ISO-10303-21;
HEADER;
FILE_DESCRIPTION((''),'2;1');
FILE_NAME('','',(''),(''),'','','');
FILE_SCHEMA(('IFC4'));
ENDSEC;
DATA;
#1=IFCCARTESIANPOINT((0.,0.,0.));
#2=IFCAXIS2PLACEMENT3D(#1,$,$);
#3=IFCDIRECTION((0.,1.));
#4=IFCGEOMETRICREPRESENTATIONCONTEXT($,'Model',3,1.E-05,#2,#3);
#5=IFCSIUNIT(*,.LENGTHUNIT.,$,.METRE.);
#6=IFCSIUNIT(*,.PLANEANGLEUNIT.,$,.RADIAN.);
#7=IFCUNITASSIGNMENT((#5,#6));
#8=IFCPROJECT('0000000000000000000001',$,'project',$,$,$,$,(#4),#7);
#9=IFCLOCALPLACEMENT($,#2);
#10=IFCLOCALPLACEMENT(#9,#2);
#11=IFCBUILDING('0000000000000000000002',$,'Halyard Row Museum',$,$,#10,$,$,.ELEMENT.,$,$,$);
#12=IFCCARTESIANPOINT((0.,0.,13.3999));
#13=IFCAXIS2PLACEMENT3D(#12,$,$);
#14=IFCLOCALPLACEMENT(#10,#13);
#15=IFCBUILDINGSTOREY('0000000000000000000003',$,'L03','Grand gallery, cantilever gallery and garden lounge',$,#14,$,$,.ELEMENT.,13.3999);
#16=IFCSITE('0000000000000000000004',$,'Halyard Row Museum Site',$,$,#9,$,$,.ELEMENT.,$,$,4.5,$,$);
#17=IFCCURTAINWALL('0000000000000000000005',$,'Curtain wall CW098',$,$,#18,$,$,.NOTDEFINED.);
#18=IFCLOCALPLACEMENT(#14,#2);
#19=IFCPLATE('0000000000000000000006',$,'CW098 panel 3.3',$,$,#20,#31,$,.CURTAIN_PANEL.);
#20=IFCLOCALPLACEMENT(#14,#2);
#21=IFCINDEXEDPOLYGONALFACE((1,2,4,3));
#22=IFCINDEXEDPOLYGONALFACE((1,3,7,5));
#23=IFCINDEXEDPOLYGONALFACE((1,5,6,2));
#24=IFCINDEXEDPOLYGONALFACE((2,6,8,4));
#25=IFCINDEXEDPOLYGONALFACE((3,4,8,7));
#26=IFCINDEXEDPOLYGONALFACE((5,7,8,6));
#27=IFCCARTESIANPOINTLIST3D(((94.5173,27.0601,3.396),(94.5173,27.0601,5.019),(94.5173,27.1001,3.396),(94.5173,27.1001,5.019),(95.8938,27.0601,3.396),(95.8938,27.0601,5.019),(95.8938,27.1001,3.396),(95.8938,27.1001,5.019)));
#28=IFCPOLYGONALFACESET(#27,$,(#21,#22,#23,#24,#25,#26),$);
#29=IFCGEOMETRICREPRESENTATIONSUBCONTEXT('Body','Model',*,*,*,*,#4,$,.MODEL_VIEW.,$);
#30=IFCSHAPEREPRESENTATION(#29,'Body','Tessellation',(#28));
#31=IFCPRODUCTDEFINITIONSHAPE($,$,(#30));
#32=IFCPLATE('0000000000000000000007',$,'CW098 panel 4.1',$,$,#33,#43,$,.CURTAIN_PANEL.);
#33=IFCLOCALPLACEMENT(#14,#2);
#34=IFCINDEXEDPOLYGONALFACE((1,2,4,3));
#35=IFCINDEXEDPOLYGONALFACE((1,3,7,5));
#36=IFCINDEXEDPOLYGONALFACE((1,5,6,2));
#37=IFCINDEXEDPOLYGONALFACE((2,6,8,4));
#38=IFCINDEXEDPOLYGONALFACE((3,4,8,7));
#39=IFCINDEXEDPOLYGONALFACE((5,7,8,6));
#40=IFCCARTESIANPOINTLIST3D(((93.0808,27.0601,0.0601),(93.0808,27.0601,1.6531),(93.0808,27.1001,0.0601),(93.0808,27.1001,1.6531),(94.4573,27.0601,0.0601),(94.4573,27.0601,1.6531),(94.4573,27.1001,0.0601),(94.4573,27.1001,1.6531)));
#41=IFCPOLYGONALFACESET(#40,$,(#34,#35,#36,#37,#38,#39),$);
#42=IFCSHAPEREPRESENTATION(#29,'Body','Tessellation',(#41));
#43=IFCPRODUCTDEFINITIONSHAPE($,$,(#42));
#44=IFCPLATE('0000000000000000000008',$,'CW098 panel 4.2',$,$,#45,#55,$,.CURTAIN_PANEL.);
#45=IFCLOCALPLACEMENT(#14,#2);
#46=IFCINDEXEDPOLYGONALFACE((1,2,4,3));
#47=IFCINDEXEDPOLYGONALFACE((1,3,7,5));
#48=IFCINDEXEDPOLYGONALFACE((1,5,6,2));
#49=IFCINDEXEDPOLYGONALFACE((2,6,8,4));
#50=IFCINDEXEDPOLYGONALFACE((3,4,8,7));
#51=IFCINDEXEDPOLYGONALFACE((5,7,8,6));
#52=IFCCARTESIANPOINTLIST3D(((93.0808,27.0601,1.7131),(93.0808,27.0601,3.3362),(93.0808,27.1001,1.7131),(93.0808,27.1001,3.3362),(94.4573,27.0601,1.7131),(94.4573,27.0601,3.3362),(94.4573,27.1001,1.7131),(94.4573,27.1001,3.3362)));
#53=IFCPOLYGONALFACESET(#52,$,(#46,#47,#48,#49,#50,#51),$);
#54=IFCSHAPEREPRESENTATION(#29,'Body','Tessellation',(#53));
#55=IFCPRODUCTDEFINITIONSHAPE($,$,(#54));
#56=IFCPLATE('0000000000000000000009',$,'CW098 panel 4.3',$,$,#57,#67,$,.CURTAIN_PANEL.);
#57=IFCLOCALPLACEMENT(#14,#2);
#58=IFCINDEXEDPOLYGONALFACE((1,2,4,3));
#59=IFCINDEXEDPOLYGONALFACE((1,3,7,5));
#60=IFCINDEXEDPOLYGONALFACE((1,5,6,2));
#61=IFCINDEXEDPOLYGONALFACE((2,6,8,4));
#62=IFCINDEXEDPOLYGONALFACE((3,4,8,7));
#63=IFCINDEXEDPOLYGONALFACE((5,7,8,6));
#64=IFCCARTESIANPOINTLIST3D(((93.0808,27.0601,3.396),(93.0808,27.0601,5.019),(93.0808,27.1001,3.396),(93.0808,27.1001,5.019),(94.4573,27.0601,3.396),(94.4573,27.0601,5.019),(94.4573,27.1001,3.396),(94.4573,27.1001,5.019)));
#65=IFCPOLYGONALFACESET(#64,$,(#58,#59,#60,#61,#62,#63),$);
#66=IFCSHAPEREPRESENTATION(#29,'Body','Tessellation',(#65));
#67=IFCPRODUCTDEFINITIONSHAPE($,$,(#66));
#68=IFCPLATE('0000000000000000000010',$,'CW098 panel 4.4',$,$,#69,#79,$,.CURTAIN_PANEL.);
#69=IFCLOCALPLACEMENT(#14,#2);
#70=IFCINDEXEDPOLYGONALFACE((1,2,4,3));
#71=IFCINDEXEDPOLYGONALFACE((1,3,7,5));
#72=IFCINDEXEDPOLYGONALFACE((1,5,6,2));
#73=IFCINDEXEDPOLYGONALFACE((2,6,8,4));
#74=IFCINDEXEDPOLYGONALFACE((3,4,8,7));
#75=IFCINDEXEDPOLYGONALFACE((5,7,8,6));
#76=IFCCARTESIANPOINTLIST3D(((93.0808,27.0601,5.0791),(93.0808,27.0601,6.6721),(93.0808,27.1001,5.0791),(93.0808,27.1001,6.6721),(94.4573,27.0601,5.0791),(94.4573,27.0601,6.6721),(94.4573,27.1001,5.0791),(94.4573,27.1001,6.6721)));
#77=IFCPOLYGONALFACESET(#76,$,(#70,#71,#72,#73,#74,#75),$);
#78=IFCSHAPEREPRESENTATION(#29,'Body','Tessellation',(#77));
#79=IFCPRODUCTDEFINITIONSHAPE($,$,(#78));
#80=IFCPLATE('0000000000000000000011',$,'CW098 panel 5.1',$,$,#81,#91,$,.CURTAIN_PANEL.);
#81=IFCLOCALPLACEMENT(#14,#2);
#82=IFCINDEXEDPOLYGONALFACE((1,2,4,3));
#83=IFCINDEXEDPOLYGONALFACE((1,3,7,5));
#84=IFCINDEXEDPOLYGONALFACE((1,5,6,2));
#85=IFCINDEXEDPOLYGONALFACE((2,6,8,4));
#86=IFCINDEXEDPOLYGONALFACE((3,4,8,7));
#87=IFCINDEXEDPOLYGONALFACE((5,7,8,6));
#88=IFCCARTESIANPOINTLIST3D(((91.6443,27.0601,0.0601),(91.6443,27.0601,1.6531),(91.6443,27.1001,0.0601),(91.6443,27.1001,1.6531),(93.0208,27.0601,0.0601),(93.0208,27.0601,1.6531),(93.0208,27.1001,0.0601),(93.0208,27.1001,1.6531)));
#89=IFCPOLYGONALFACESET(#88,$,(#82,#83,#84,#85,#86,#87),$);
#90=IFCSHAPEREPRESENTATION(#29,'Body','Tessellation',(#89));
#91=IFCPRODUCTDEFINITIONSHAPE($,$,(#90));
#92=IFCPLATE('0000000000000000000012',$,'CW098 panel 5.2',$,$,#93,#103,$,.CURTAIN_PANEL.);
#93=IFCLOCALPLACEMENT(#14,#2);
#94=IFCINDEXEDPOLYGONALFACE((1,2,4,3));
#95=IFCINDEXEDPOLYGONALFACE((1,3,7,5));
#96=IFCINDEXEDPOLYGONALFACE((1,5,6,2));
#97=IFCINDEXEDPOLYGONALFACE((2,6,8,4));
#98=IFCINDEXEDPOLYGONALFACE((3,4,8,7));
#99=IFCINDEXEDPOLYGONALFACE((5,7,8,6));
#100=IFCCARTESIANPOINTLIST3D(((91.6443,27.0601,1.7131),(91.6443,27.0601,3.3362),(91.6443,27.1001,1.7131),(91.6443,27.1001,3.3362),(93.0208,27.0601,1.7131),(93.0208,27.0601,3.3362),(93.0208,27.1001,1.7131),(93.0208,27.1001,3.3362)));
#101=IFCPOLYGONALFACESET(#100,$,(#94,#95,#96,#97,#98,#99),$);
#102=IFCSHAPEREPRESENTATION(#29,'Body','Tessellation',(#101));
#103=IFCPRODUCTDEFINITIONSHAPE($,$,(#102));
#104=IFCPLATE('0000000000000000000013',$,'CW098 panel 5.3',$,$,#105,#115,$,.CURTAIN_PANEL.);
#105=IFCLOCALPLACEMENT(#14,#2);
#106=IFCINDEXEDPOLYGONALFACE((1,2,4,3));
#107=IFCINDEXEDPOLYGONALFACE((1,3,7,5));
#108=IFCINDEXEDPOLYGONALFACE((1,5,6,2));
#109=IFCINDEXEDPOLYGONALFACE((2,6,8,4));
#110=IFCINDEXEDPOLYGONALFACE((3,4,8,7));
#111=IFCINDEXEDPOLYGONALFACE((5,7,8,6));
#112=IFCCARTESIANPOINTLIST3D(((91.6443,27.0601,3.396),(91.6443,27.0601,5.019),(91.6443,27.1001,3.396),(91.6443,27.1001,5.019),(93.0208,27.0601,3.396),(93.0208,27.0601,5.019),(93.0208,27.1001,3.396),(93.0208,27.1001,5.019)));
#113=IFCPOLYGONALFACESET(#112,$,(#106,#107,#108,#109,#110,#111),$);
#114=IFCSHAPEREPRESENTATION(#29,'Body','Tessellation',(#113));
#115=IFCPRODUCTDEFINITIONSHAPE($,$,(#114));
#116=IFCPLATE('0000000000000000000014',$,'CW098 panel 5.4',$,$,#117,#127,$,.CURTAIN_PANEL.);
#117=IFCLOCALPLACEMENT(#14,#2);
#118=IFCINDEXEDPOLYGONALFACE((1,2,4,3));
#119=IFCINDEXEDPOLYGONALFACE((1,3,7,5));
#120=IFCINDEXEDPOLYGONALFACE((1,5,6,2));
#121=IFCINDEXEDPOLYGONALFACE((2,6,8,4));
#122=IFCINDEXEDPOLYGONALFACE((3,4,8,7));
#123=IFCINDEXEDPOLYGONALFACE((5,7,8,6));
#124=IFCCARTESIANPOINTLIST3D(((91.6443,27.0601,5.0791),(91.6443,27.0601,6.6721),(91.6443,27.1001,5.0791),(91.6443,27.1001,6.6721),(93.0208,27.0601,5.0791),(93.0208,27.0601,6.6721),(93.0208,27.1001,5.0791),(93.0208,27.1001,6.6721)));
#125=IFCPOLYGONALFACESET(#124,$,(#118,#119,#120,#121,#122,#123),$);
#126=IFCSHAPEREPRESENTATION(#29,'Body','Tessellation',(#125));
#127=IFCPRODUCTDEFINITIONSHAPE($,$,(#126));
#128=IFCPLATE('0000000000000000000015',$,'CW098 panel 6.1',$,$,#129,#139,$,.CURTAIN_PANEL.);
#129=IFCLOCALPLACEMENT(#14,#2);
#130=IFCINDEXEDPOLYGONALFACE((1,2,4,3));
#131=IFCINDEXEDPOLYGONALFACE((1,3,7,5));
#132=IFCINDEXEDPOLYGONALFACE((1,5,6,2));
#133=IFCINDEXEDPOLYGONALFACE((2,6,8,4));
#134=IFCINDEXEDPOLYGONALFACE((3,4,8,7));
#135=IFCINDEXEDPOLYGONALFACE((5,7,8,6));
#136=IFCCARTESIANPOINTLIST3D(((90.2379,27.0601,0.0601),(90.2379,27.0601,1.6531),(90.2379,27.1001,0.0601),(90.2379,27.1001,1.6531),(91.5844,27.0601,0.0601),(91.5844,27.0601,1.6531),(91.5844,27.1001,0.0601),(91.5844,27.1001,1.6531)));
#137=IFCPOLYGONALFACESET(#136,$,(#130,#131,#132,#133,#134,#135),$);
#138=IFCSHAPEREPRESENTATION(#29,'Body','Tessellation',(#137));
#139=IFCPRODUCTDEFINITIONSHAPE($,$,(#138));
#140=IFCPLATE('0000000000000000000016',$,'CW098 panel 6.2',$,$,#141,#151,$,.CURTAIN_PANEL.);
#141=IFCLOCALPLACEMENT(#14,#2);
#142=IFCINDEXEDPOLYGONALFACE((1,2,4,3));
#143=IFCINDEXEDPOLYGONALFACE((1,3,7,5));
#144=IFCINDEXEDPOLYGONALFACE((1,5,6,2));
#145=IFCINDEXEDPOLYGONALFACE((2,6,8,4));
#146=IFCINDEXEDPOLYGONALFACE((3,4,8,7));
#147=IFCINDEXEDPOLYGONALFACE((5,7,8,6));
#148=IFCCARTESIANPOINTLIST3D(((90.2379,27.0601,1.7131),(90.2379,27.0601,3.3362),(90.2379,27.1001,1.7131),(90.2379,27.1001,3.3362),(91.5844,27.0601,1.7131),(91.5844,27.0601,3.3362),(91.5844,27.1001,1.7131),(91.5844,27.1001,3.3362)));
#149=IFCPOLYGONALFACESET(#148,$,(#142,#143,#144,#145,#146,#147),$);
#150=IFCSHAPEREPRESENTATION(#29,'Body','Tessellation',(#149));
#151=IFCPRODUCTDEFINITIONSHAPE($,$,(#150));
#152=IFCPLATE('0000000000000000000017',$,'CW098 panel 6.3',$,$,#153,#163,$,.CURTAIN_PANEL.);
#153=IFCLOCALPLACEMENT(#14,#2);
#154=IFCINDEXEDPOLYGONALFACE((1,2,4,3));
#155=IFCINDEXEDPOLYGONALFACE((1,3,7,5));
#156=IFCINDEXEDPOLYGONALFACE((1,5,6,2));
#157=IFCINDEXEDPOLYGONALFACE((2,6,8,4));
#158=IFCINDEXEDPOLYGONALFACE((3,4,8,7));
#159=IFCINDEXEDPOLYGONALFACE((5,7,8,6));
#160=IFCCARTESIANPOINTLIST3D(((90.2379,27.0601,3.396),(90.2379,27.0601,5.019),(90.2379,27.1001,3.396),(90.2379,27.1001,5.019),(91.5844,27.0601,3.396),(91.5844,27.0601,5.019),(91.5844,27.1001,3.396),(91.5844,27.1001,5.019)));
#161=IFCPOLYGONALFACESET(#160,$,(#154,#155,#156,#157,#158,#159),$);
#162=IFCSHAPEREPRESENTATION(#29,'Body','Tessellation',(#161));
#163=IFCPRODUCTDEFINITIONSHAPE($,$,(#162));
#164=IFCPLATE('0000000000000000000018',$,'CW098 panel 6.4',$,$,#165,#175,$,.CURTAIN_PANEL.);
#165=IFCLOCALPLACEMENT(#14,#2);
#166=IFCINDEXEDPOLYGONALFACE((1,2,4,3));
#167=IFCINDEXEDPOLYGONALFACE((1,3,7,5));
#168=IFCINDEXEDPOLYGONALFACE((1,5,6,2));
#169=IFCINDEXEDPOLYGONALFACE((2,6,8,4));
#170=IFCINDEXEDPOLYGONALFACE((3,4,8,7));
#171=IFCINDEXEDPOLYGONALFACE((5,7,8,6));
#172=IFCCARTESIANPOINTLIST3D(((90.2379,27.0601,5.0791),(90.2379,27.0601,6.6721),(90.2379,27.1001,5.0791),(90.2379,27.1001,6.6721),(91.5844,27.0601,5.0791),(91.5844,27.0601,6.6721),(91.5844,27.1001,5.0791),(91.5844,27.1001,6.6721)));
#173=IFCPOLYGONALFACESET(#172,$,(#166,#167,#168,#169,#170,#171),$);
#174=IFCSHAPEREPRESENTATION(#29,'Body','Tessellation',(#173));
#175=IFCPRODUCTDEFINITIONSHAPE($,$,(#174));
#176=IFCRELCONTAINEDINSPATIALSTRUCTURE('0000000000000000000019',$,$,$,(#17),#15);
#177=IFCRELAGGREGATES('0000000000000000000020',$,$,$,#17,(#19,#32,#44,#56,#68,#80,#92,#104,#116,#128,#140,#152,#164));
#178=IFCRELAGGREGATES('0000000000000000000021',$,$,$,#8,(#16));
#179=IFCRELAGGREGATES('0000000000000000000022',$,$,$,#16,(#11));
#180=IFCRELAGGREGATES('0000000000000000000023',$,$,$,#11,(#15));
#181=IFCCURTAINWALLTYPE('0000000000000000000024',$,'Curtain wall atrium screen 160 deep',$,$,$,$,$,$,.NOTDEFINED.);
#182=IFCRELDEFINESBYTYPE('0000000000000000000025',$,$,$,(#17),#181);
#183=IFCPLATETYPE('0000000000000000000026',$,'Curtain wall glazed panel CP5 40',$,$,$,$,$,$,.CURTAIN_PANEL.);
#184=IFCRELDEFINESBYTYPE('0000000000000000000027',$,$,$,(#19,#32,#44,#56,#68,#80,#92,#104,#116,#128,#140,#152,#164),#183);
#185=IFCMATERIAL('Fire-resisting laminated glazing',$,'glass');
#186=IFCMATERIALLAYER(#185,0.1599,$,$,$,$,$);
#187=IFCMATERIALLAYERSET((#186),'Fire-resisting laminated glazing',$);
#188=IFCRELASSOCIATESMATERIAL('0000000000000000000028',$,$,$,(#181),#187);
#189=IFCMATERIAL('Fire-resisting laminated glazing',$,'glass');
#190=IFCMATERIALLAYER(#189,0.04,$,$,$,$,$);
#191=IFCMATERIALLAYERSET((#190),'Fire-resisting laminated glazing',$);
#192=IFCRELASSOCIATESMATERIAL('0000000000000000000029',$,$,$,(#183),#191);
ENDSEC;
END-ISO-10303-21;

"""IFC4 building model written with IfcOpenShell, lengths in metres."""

from ifc_helpers import new_model, si_unit, direction, frame, origin, origin_2d, place, context, subcontext, project, spatial, rectangle, extrude, material, layer, layer_set, type_object, element, aggregate, save


model = new_model("IFC4")

# Units and contexts
model_context = context("Model", 3, precision=1e-05, world=origin(), true_north=direction((0.0, 1.0)))
body_context = subcontext(model_context, "Body", "Model", "MODEL_VIEW")
ifc_project = project(units=[si_unit("LENGTHUNIT", "METRE"), si_unit("PLANEANGLEUNIT", "RADIAN")], contexts=[model_context])

# Site, building, storey
site_placement = place(None, origin())
site = spatial("IfcSite", under=ifc_project, at=site_placement, Name="Halyard Row Museum Site", CompositionType="ELEMENT", RefElevation=4.5)
building_placement = place(site_placement, origin())
building = spatial("IfcBuilding", under=site, at=building_placement, Name="Halyard Row Museum", CompositionType="ELEMENT")
storey_placement = place(building_placement, frame((0.0, 0.0, 13.3999)))
storey = spatial("IfcBuildingStorey", under=building, at=storey_placement, Name="L03", Description="Grand gallery, cantilever gallery and garden lounge", CompositionType="ELEMENT", Elevation=13.3999)

# Curtain wall
ifc_material_1 = material(Name="Fire-resisting laminated glazing", Category="glass")
ifc_layer_1 = layer(ifc_material_1, 0.1599)
ifc_layer_set_1 = layer_set([ifc_layer_1], Name="Fire-resisting laminated glazing")
curtain_wall_type = type_object("IfcCurtainWallType", Name="Curtain wall atrium screen 160 deep", PredefinedType="NOTDEFINED", material=ifc_layer_set_1)
curtain_wall_placement = place(storey_placement, origin())
curtain_wall = element("IfcCurtainWall", 1, at=curtain_wall_placement, inside=storey, type_object=curtain_wall_type, Name="Curtain wall CW098", PredefinedType="NOTDEFINED")

# Plates
ifc_material_2 = material(Name="Fire-resisting laminated glazing", Category="glass")
ifc_layer_2 = layer(ifc_material_2, 0.04)
ifc_layer_set_2 = layer_set([ifc_layer_2], Name="Fire-resisting laminated glazing")
plate_type = type_object("IfcPlateType", Name="Curtain wall glazed panel CP5 40", PredefinedType="CURTAIN_PANEL", material=ifc_layer_set_2)
plate_1_placement = place(storey_placement, frame((95.2056, 27.0801, 3.396), z_axis=(0.0, 0.0, 1.0), x_axis=(-1.0, 0.0, 0.0)))
plate_1 = element("IfcPlate", 2, at=plate_1_placement, type_object=plate_type, Name="CW098 panel 3.3", PredefinedType="CURTAIN_PANEL", context=body_context, shape_type="SweptSolid", body=[
    extrude(rectangle(XDim=1.3765, YDim=0.04, at=origin_2d()), origin(), (0.0, 0.0, 1.0), 1.623),
])
plate_2_placement = place(storey_placement, frame((93.769, 27.0801, 0.0601), z_axis=(0.0, 0.0, 1.0), x_axis=(-1.0, 0.0, 0.0)))
plate_2 = element("IfcPlate", 3, at=plate_2_placement, type_object=plate_type, Name="CW098 panel 4.1", PredefinedType="CURTAIN_PANEL", context=body_context, shape_type="SweptSolid", body=[
    extrude(rectangle(XDim=1.3765, YDim=0.04, at=origin_2d()), origin(), (0.0, 0.0, 1.0), 1.593),
])
plate_3_placement = place(storey_placement, frame((93.769, 27.0801, 1.7131), z_axis=(0.0, 0.0, 1.0), x_axis=(-1.0, 0.0, 0.0)))
plate_3 = element("IfcPlate", 4, at=plate_3_placement, type_object=plate_type, Name="CW098 panel 4.2", PredefinedType="CURTAIN_PANEL", context=body_context, shape_type="SweptSolid", body=[
    extrude(rectangle(XDim=1.3765, YDim=0.04, at=origin_2d()), origin(), (0.0, 0.0, 1.0), 1.623),
])
plate_4_placement = place(storey_placement, frame((93.769, 27.0801, 3.396), z_axis=(0.0, 0.0, 1.0), x_axis=(-1.0, 0.0, 0.0)))
plate_4 = element("IfcPlate", 5, at=plate_4_placement, type_object=plate_type, Name="CW098 panel 4.3", PredefinedType="CURTAIN_PANEL", context=body_context, shape_type="SweptSolid", body=[
    extrude(rectangle(XDim=1.3765, YDim=0.04, at=origin_2d()), origin(), (0.0, 0.0, 1.0), 1.623),
])
plate_5_placement = place(storey_placement, frame((93.769, 27.0801, 5.0791), z_axis=(0.0, 0.0, 1.0), x_axis=(-1.0, 0.0, 0.0)))
plate_5 = element("IfcPlate", 6, at=plate_5_placement, type_object=plate_type, Name="CW098 panel 4.4", PredefinedType="CURTAIN_PANEL", context=body_context, shape_type="SweptSolid", body=[
    extrude(rectangle(XDim=1.3765, YDim=0.04, at=origin_2d()), origin(), (0.0, 0.0, 1.0), 1.593),
])
plate_6_placement = place(storey_placement, frame((92.3325, 27.0801, 0.0601), z_axis=(0.0, 0.0, 1.0), x_axis=(-1.0, 0.0, 0.0)))
plate_6 = element("IfcPlate", 7, at=plate_6_placement, type_object=plate_type, Name="CW098 panel 5.1", PredefinedType="CURTAIN_PANEL", context=body_context, shape_type="SweptSolid", body=[
    extrude(rectangle(XDim=1.3765, YDim=0.04, at=origin_2d()), origin(), (0.0, 0.0, 1.0), 1.593),
])
plate_7_placement = place(storey_placement, frame((92.3325, 27.0801, 1.7131), z_axis=(0.0, 0.0, 1.0), x_axis=(-1.0, 0.0, 0.0)))
plate_7 = element("IfcPlate", 8, at=plate_7_placement, type_object=plate_type, Name="CW098 panel 5.2", PredefinedType="CURTAIN_PANEL", context=body_context, shape_type="SweptSolid", body=[
    extrude(rectangle(XDim=1.3765, YDim=0.04, at=origin_2d()), origin(), (0.0, 0.0, 1.0), 1.623),
])
plate_8_placement = place(storey_placement, frame((92.3325, 27.0801, 3.396), z_axis=(0.0, 0.0, 1.0), x_axis=(-1.0, 0.0, 0.0)))
plate_8 = element("IfcPlate", 9, at=plate_8_placement, type_object=plate_type, Name="CW098 panel 5.3", PredefinedType="CURTAIN_PANEL", context=body_context, shape_type="SweptSolid", body=[
    extrude(rectangle(XDim=1.3765, YDim=0.04, at=origin_2d()), origin(), (0.0, 0.0, 1.0), 1.623),
])
plate_9_placement = place(storey_placement, frame((92.3325, 27.0801, 5.0791), z_axis=(0.0, 0.0, 1.0), x_axis=(-1.0, 0.0, 0.0)))
plate_9 = element("IfcPlate", 10, at=plate_9_placement, type_object=plate_type, Name="CW098 panel 5.4", PredefinedType="CURTAIN_PANEL", context=body_context, shape_type="SweptSolid", body=[
    extrude(rectangle(XDim=1.3765, YDim=0.04, at=origin_2d()), origin(), (0.0, 0.0, 1.0), 1.593),
])
plate_10_placement = place(storey_placement, frame((90.9111, 27.0801, 0.0601), z_axis=(0.0, 0.0, 1.0), x_axis=(-1.0, 0.0, 0.0)))
plate_10 = element("IfcPlate", 11, at=plate_10_placement, type_object=plate_type, Name="CW098 panel 6.1", PredefinedType="CURTAIN_PANEL", context=body_context, shape_type="SweptSolid", body=[
    extrude(rectangle(XDim=1.3464, YDim=0.04, at=origin_2d()), origin(), (0.0, 0.0, 1.0), 1.593),
])
plate_11_placement = place(storey_placement, frame((90.9111, 27.0801, 1.7131), z_axis=(0.0, 0.0, 1.0), x_axis=(-1.0, 0.0, 0.0)))
plate_11 = element("IfcPlate", 12, at=plate_11_placement, type_object=plate_type, Name="CW098 panel 6.2", PredefinedType="CURTAIN_PANEL", context=body_context, shape_type="SweptSolid", body=[
    extrude(rectangle(XDim=1.3464, YDim=0.04, at=origin_2d()), origin(), (0.0, 0.0, 1.0), 1.623),
])
plate_12_placement = place(storey_placement, frame((90.9111, 27.0801, 3.396), z_axis=(0.0, 0.0, 1.0), x_axis=(-1.0, 0.0, 0.0)))
plate_12 = element("IfcPlate", 13, at=plate_12_placement, type_object=plate_type, Name="CW098 panel 6.3", PredefinedType="CURTAIN_PANEL", context=body_context, shape_type="SweptSolid", body=[
    extrude(rectangle(XDim=1.3464, YDim=0.04, at=origin_2d()), origin(), (0.0, 0.0, 1.0), 1.623),
])
plate_13_placement = place(storey_placement, frame((90.9111, 27.0801, 5.0791), z_axis=(0.0, 0.0, 1.0), x_axis=(-1.0, 0.0, 0.0)))
plate_13 = element("IfcPlate", 14, at=plate_13_placement, type_object=plate_type, Name="CW098 panel 6.4", PredefinedType="CURTAIN_PANEL", context=body_context, shape_type="SweptSolid", body=[
    extrude(rectangle(XDim=1.3464, YDim=0.04, at=origin_2d()), origin(), (0.0, 0.0, 1.0), 1.593),
])
aggregate(curtain_wall, [plate_1, plate_2, plate_3, plate_4, plate_5, plate_6, plate_7, plate_8, plate_9, plate_10, plate_11, plate_12, plate_13])

save(model, "model.ifc")
